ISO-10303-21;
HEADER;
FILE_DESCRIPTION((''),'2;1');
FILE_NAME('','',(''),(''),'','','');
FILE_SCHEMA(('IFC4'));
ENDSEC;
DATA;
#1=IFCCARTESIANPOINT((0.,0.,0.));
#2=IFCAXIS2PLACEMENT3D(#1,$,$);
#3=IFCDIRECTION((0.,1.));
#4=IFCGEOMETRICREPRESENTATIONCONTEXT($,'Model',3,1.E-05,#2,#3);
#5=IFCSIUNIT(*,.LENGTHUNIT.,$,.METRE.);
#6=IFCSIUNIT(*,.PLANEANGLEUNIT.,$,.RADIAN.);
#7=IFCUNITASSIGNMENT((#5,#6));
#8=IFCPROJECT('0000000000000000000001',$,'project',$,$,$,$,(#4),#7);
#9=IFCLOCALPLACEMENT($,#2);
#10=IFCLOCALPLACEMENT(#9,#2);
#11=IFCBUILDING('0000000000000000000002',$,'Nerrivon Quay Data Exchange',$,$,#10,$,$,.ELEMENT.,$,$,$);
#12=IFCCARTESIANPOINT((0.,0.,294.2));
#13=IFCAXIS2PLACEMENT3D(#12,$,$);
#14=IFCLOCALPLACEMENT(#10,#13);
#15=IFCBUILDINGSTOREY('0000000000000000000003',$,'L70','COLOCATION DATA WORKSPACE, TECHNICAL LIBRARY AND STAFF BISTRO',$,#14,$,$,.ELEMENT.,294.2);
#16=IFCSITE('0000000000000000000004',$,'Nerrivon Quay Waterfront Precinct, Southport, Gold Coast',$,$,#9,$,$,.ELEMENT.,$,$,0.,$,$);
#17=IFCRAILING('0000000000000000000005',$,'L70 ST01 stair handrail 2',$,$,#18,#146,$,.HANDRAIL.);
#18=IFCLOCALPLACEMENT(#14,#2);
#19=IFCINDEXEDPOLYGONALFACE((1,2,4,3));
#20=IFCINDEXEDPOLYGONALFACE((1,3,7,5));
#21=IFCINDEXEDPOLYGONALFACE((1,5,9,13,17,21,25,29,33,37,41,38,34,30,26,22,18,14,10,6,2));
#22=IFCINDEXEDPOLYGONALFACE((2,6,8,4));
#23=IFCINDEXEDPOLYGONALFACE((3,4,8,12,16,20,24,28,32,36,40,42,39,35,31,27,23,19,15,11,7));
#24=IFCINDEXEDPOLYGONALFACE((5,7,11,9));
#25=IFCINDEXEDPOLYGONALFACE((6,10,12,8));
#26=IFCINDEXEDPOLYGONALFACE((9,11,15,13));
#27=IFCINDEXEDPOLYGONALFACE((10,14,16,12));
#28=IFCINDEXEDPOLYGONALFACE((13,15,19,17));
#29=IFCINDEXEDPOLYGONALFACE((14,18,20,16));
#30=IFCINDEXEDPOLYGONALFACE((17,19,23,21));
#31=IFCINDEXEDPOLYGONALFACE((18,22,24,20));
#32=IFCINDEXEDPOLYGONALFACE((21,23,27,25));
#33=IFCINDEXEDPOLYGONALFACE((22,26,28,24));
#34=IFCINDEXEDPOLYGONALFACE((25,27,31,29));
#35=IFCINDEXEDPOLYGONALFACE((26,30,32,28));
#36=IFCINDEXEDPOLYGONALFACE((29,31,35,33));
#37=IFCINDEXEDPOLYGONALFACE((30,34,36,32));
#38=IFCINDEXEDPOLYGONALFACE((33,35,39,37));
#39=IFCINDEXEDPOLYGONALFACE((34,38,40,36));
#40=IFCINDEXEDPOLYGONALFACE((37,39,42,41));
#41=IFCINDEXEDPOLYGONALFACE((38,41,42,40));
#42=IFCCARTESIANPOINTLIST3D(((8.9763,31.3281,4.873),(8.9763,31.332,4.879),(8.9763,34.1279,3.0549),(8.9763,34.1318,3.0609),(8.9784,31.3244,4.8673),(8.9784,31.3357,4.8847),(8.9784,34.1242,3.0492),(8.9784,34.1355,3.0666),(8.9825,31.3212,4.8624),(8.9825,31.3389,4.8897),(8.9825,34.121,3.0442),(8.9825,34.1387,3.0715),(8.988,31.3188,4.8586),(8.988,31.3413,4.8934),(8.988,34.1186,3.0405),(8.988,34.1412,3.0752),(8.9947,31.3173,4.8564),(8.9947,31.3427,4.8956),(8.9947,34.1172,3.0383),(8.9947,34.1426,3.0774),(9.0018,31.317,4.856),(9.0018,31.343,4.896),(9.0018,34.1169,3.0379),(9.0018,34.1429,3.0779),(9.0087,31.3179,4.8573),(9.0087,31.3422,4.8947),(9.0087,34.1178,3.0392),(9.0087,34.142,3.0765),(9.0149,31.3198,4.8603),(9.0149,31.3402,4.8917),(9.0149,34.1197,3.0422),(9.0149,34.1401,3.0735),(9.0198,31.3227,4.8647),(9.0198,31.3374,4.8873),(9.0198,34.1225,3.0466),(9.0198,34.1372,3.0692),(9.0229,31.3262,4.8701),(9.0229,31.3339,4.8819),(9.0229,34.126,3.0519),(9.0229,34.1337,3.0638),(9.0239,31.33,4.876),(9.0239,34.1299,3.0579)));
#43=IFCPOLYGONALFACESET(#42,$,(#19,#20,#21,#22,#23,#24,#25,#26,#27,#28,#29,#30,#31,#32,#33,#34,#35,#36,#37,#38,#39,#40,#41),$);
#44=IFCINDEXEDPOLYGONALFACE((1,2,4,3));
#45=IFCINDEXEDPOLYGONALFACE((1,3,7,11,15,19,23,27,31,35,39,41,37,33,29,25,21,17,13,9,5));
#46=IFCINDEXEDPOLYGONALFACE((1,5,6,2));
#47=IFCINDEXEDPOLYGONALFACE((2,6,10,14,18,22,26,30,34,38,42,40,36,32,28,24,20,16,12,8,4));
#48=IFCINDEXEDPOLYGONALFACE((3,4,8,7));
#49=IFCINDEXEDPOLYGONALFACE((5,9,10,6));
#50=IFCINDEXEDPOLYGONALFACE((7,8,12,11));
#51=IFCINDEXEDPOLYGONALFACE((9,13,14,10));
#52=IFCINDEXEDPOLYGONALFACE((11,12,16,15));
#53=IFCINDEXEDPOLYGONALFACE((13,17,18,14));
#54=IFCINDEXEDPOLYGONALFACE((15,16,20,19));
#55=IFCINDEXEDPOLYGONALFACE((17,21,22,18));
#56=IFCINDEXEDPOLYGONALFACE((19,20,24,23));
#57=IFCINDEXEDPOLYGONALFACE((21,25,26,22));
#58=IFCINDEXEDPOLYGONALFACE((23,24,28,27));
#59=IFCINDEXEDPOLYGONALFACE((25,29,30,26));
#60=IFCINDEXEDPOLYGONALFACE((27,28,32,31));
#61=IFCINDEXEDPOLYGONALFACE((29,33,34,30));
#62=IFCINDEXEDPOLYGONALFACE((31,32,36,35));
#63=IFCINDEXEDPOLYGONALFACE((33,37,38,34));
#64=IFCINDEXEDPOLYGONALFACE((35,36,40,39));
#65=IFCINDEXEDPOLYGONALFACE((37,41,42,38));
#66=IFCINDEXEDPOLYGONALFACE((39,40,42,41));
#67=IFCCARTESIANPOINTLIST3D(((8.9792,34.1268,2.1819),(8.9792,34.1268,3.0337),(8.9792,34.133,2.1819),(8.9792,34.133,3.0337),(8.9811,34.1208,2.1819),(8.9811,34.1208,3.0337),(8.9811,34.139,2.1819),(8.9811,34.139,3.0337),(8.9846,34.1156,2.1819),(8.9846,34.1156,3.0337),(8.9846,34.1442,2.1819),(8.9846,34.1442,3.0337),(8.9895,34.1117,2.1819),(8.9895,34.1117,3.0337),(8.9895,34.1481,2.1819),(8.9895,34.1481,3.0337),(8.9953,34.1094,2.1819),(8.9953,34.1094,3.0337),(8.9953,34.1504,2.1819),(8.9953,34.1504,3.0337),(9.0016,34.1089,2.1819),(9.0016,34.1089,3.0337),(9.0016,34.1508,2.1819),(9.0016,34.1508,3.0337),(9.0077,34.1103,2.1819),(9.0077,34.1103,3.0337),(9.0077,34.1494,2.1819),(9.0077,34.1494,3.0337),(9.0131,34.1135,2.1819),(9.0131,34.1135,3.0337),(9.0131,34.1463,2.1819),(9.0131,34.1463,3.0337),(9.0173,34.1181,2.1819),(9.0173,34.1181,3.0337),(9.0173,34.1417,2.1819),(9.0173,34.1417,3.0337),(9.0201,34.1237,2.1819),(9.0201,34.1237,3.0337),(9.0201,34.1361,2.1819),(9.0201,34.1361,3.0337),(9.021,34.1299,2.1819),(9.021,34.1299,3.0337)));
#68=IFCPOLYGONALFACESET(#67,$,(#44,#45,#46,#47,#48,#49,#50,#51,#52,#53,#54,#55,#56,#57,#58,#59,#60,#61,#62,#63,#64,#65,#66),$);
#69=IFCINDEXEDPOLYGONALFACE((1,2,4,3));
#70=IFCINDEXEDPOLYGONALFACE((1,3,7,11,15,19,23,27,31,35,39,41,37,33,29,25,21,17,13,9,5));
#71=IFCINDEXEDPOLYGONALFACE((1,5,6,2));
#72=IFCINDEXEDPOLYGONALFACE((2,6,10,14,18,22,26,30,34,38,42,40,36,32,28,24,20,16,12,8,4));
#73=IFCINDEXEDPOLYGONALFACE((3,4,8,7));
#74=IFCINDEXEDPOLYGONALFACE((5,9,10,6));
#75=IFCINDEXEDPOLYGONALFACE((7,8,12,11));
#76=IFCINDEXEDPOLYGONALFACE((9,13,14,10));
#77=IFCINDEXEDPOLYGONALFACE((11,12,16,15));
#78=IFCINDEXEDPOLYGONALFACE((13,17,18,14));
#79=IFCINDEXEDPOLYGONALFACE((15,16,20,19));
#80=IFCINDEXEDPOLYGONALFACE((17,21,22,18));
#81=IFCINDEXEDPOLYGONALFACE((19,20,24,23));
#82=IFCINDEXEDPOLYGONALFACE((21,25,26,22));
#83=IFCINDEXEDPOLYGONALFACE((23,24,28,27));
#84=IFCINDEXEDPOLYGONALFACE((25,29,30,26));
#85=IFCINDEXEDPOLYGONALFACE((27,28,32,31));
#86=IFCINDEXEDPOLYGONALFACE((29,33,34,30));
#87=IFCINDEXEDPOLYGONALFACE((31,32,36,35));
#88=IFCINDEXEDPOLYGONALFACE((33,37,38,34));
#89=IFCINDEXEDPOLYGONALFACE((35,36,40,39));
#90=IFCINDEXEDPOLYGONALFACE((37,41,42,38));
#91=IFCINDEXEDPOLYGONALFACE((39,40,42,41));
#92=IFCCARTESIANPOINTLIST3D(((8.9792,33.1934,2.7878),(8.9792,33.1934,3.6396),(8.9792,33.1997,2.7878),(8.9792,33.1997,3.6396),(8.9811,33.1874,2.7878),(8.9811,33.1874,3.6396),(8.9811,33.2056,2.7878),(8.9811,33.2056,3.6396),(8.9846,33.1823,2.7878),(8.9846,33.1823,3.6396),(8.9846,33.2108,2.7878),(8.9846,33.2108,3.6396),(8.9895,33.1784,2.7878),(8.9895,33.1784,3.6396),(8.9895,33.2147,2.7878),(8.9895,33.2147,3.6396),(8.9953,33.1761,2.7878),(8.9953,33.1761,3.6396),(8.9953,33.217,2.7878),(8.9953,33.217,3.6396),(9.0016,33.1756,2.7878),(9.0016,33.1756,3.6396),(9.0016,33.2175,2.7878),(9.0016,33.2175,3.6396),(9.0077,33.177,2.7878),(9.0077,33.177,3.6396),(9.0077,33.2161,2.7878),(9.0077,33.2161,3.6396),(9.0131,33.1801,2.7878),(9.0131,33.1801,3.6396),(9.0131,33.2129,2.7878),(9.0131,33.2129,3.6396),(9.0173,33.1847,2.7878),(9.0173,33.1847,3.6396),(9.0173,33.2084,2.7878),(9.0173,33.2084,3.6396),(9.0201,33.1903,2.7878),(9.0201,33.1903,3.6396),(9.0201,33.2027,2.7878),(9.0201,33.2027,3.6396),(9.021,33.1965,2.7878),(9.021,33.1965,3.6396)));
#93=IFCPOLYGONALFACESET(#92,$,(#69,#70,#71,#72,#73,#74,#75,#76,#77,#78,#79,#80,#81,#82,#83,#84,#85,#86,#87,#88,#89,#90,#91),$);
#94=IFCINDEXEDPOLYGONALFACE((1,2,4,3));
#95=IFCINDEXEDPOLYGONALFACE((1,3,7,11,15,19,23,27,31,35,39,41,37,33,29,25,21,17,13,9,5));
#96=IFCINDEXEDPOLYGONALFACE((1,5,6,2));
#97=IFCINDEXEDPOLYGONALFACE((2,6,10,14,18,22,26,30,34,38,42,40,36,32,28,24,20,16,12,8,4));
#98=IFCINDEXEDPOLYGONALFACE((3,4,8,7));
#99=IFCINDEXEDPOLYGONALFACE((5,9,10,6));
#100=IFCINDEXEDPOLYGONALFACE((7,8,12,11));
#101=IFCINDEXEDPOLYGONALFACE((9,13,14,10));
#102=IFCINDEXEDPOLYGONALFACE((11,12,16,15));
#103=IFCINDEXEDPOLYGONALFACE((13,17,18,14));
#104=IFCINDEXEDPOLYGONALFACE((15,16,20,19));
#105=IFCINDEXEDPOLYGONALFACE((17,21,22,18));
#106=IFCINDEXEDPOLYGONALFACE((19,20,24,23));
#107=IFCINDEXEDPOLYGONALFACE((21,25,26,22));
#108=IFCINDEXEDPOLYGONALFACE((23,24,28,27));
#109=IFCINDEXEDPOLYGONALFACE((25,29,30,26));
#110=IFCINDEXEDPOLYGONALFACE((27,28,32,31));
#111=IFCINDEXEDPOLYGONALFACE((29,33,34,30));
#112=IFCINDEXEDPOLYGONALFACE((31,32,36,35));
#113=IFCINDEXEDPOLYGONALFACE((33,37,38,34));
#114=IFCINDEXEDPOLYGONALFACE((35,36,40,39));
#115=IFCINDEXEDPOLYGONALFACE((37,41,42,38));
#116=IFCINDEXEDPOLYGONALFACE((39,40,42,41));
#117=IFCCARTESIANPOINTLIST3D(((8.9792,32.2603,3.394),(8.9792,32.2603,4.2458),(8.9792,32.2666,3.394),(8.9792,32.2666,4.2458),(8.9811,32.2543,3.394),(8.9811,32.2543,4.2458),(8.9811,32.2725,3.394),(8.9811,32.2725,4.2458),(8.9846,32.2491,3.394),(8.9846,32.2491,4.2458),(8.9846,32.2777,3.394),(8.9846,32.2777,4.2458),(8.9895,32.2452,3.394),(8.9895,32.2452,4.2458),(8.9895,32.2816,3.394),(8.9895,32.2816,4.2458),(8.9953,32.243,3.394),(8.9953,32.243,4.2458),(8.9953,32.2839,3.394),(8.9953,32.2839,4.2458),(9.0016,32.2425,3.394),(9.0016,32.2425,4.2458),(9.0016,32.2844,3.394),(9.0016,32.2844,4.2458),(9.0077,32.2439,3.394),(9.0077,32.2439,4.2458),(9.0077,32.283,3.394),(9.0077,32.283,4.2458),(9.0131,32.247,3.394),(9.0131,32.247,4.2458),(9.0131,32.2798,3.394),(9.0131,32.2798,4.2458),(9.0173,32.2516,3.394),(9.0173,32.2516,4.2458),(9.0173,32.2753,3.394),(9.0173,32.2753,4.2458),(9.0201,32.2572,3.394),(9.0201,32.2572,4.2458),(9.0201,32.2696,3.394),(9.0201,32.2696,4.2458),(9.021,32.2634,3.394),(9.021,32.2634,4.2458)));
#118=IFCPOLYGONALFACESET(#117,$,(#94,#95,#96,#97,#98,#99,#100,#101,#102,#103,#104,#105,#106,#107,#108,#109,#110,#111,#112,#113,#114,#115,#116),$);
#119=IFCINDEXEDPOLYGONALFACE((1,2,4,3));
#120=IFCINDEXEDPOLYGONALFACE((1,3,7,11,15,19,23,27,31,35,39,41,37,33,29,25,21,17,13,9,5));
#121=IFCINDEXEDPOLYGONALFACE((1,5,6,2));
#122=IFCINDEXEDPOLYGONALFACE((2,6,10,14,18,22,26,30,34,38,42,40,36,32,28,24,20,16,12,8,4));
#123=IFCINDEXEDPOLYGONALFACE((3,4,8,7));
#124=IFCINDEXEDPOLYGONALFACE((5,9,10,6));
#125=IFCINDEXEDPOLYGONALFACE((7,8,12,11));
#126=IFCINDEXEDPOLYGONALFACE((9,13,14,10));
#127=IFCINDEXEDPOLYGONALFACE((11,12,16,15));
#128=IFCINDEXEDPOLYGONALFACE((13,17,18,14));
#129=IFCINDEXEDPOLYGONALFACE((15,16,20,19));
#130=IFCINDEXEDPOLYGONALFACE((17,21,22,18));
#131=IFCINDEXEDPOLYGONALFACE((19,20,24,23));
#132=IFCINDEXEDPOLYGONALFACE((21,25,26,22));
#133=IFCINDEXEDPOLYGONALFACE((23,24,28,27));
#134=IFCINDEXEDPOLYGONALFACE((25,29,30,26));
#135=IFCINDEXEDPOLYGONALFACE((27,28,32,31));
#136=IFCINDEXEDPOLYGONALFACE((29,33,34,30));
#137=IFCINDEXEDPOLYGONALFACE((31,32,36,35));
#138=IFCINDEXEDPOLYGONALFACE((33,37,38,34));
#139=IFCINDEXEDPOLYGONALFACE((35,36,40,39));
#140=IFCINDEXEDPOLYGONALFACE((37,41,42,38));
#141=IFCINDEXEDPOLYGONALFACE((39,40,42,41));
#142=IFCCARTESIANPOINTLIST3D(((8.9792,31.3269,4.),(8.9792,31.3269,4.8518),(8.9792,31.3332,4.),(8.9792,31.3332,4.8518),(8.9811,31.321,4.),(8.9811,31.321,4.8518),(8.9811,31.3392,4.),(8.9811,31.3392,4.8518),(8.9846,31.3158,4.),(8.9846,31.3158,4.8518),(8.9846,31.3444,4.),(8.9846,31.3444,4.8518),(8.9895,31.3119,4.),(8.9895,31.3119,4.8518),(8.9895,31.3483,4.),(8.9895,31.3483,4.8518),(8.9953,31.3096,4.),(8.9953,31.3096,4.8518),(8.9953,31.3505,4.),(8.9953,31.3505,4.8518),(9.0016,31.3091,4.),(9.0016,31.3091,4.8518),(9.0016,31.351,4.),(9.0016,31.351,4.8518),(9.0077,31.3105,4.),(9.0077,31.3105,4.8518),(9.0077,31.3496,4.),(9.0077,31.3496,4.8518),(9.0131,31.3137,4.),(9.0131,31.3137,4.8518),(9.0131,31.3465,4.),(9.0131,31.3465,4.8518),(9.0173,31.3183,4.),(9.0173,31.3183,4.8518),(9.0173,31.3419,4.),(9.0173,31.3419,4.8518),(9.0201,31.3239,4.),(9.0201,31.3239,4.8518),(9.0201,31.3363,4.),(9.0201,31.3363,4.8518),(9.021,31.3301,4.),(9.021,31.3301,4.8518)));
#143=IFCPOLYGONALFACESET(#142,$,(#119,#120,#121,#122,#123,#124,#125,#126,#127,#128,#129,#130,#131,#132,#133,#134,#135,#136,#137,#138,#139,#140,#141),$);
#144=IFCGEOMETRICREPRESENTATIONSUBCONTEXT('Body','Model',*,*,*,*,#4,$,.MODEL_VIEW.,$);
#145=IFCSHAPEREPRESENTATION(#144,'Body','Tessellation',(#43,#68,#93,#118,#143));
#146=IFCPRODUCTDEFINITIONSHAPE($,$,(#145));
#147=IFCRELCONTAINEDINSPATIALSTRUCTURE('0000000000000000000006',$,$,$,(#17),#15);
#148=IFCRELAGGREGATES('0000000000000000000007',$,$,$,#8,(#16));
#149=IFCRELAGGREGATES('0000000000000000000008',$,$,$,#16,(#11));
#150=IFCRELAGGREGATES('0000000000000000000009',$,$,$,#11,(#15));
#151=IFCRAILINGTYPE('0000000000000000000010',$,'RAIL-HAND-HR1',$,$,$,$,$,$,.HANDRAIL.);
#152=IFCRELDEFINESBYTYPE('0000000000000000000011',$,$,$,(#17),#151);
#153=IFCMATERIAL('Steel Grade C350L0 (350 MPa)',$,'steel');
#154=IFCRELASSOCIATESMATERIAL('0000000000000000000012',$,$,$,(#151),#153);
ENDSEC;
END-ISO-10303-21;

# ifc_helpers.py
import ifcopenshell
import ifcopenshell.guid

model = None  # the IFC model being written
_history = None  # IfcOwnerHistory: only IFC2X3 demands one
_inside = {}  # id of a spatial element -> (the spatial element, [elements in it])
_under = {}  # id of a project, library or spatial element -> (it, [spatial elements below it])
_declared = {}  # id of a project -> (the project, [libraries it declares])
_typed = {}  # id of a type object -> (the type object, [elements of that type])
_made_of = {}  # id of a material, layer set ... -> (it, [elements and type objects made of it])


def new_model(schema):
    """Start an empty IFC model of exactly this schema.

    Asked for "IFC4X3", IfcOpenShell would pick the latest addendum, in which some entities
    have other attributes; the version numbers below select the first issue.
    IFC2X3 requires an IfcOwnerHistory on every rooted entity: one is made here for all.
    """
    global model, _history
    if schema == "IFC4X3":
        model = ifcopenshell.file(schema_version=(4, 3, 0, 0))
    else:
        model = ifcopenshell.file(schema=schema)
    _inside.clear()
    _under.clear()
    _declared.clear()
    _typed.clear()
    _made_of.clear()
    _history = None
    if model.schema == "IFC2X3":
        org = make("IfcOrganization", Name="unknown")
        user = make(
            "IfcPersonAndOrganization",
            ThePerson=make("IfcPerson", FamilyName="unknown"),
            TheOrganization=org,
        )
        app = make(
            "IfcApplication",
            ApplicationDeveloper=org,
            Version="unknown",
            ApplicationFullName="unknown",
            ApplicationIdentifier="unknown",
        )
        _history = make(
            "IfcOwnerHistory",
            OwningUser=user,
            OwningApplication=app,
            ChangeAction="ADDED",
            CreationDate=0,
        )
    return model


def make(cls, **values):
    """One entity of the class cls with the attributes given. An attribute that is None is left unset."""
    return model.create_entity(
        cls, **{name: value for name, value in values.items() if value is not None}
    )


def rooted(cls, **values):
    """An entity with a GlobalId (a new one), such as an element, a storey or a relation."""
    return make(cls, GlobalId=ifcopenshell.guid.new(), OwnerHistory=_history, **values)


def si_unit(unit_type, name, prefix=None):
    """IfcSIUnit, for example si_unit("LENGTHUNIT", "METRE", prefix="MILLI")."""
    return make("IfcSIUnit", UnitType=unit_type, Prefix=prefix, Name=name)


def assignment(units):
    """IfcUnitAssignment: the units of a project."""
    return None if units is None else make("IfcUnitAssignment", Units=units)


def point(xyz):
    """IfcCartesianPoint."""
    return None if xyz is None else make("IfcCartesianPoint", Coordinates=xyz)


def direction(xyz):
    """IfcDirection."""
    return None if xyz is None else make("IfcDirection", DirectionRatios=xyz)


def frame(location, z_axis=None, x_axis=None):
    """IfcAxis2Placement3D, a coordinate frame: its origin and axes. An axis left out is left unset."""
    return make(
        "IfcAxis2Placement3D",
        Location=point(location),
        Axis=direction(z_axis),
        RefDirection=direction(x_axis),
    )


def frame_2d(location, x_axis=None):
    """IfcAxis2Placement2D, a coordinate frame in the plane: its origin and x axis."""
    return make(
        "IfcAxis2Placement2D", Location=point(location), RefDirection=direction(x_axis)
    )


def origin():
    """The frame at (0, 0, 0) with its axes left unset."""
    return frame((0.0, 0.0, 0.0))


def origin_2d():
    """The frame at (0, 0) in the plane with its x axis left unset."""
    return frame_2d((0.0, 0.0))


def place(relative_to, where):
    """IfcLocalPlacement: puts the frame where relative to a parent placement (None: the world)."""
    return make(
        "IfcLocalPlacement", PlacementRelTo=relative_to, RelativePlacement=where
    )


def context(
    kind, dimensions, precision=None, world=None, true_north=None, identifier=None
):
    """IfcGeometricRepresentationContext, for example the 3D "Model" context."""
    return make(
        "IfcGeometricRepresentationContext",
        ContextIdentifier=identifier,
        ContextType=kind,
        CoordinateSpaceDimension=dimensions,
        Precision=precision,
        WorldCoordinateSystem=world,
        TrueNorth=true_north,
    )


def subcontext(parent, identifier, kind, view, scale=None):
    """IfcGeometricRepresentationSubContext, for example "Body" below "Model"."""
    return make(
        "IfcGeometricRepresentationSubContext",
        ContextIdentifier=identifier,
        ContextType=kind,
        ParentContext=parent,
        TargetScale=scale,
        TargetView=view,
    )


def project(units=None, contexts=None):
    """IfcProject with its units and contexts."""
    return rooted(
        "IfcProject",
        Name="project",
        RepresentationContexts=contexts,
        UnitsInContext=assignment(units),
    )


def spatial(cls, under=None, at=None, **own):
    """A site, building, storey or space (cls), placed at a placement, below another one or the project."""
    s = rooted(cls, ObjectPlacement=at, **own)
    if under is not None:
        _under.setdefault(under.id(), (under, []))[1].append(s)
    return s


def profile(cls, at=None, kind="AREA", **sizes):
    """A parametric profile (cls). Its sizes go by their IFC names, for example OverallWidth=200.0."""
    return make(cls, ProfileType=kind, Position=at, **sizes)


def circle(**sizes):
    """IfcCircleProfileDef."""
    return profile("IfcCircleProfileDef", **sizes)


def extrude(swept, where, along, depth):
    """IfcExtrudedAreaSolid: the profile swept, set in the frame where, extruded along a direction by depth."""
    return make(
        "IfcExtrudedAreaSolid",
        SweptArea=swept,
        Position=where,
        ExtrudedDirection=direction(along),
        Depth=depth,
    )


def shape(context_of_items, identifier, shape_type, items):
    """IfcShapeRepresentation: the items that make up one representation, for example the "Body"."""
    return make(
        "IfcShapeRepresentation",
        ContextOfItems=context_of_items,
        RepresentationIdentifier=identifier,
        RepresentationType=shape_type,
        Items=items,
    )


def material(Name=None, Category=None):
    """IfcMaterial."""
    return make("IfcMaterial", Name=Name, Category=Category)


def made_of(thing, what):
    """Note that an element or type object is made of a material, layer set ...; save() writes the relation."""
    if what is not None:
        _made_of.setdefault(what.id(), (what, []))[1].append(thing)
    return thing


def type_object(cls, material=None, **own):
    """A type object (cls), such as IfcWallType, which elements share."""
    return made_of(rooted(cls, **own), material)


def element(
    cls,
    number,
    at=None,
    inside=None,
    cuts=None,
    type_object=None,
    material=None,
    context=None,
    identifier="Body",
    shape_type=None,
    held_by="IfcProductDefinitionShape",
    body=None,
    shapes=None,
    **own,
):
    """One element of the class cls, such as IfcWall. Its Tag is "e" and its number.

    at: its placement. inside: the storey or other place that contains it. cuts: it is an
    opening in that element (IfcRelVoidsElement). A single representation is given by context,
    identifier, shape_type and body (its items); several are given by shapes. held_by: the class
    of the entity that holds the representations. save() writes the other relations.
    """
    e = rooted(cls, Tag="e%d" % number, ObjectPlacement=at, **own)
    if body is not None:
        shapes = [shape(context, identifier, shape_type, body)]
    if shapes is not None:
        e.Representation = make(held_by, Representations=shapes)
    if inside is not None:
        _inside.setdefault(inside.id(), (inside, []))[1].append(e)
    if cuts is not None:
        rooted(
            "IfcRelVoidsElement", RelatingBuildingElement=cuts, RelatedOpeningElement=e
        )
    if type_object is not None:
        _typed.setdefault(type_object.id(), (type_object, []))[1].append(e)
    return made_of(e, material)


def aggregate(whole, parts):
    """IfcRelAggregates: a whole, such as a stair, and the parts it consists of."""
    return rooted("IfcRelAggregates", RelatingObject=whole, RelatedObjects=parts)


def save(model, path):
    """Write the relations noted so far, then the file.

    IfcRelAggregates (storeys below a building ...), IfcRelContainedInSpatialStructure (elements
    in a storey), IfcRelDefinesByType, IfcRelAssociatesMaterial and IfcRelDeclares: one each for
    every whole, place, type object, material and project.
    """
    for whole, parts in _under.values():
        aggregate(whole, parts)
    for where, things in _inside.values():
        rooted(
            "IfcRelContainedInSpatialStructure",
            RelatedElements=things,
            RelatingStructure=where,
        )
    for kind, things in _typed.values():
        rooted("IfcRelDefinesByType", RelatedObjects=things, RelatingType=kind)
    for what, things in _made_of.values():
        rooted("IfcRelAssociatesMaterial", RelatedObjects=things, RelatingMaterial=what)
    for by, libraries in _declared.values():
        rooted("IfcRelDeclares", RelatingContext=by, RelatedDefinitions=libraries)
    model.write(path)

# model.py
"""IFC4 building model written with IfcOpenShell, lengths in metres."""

from ifc_helpers import new_model, si_unit, direction, frame, origin, origin_2d, place, context, subcontext, project, spatial, circle, extrude, material, type_object, element, save


model = new_model("IFC4")

# Units and contexts
model_context = context("Model", 3, precision=1e-05, world=origin(), true_north=direction((0.0, 1.0)))
body_context = subcontext(model_context, "Body", "Model", "MODEL_VIEW")
ifc_project = project(units=[si_unit("LENGTHUNIT", "METRE"), si_unit("PLANEANGLEUNIT", "RADIAN")], contexts=[model_context])

# Site, building, storey
site_placement = place(None, origin())
site = spatial("IfcSite", under=ifc_project, at=site_placement, Name="Nerrivon Quay Waterfront Precinct, Southport, Gold Coast", CompositionType="ELEMENT", RefElevation=0.0)
building_placement = place(site_placement, origin())
building = spatial("IfcBuilding", under=site, at=building_placement, Name="Nerrivon Quay Data Exchange", CompositionType="ELEMENT")
storey_placement = place(building_placement, frame((0.0, 0.0, 294.2)))
storey = spatial("IfcBuildingStorey", under=building, at=storey_placement, Name="L70", Description="COLOCATION DATA WORKSPACE, TECHNICAL LIBRARY AND STAFF BISTRO", CompositionType="ELEMENT", Elevation=294.2)

# Shared definitions
ifc_material_1 = material(Name="Steel Grade C350L0 (350 MPa)", Category="steel")

# Railing
railing_type_1 = type_object("IfcRailingType", Name="RAIL-HAND-HR1", PredefinedType="HANDRAIL", material=ifc_material_1)
railing_1_placement = place(storey_placement, frame((9.0, 34.1299, 2.1819)))
element("IfcRailing", 1, at=railing_1_placement, inside=storey, type_object=railing_type_1, Name="L70 ST01 stair handrail 2", PredefinedType="HANDRAIL", context=body_context, shape_type="SweptSolid", body=[
    extrude(circle(Radius=0.0239, at=origin_2d()), frame((0.0, 0.0, 0.876), z_axis=(0.0, -0.838684, 0.544618), x_axis=(1.0, 0.0, 0.0)), (0.0, 0.0, 1.0), 3.3384),
    extrude(circle(Radius=0.021, at=origin_2d()), origin(), (0.0, 0.0, 1.0), 0.8518),
    extrude(circle(Radius=0.021, at=origin_2d()), frame((0.0, -0.9333, 0.606)), (0.0, 0.0, 1.0), 0.8518),
    extrude(circle(Radius=0.021, at=origin_2d()), frame((0.0, -1.8665, 1.2122)), (0.0, 0.0, 1.0), 0.8518),
    extrude(circle(Radius=0.021, at=origin_2d()), frame((0.0, -2.7998, 1.8181)), (0.0, 0.0, 1.0), 0.8518),
])

save(model, "model.ifc")
